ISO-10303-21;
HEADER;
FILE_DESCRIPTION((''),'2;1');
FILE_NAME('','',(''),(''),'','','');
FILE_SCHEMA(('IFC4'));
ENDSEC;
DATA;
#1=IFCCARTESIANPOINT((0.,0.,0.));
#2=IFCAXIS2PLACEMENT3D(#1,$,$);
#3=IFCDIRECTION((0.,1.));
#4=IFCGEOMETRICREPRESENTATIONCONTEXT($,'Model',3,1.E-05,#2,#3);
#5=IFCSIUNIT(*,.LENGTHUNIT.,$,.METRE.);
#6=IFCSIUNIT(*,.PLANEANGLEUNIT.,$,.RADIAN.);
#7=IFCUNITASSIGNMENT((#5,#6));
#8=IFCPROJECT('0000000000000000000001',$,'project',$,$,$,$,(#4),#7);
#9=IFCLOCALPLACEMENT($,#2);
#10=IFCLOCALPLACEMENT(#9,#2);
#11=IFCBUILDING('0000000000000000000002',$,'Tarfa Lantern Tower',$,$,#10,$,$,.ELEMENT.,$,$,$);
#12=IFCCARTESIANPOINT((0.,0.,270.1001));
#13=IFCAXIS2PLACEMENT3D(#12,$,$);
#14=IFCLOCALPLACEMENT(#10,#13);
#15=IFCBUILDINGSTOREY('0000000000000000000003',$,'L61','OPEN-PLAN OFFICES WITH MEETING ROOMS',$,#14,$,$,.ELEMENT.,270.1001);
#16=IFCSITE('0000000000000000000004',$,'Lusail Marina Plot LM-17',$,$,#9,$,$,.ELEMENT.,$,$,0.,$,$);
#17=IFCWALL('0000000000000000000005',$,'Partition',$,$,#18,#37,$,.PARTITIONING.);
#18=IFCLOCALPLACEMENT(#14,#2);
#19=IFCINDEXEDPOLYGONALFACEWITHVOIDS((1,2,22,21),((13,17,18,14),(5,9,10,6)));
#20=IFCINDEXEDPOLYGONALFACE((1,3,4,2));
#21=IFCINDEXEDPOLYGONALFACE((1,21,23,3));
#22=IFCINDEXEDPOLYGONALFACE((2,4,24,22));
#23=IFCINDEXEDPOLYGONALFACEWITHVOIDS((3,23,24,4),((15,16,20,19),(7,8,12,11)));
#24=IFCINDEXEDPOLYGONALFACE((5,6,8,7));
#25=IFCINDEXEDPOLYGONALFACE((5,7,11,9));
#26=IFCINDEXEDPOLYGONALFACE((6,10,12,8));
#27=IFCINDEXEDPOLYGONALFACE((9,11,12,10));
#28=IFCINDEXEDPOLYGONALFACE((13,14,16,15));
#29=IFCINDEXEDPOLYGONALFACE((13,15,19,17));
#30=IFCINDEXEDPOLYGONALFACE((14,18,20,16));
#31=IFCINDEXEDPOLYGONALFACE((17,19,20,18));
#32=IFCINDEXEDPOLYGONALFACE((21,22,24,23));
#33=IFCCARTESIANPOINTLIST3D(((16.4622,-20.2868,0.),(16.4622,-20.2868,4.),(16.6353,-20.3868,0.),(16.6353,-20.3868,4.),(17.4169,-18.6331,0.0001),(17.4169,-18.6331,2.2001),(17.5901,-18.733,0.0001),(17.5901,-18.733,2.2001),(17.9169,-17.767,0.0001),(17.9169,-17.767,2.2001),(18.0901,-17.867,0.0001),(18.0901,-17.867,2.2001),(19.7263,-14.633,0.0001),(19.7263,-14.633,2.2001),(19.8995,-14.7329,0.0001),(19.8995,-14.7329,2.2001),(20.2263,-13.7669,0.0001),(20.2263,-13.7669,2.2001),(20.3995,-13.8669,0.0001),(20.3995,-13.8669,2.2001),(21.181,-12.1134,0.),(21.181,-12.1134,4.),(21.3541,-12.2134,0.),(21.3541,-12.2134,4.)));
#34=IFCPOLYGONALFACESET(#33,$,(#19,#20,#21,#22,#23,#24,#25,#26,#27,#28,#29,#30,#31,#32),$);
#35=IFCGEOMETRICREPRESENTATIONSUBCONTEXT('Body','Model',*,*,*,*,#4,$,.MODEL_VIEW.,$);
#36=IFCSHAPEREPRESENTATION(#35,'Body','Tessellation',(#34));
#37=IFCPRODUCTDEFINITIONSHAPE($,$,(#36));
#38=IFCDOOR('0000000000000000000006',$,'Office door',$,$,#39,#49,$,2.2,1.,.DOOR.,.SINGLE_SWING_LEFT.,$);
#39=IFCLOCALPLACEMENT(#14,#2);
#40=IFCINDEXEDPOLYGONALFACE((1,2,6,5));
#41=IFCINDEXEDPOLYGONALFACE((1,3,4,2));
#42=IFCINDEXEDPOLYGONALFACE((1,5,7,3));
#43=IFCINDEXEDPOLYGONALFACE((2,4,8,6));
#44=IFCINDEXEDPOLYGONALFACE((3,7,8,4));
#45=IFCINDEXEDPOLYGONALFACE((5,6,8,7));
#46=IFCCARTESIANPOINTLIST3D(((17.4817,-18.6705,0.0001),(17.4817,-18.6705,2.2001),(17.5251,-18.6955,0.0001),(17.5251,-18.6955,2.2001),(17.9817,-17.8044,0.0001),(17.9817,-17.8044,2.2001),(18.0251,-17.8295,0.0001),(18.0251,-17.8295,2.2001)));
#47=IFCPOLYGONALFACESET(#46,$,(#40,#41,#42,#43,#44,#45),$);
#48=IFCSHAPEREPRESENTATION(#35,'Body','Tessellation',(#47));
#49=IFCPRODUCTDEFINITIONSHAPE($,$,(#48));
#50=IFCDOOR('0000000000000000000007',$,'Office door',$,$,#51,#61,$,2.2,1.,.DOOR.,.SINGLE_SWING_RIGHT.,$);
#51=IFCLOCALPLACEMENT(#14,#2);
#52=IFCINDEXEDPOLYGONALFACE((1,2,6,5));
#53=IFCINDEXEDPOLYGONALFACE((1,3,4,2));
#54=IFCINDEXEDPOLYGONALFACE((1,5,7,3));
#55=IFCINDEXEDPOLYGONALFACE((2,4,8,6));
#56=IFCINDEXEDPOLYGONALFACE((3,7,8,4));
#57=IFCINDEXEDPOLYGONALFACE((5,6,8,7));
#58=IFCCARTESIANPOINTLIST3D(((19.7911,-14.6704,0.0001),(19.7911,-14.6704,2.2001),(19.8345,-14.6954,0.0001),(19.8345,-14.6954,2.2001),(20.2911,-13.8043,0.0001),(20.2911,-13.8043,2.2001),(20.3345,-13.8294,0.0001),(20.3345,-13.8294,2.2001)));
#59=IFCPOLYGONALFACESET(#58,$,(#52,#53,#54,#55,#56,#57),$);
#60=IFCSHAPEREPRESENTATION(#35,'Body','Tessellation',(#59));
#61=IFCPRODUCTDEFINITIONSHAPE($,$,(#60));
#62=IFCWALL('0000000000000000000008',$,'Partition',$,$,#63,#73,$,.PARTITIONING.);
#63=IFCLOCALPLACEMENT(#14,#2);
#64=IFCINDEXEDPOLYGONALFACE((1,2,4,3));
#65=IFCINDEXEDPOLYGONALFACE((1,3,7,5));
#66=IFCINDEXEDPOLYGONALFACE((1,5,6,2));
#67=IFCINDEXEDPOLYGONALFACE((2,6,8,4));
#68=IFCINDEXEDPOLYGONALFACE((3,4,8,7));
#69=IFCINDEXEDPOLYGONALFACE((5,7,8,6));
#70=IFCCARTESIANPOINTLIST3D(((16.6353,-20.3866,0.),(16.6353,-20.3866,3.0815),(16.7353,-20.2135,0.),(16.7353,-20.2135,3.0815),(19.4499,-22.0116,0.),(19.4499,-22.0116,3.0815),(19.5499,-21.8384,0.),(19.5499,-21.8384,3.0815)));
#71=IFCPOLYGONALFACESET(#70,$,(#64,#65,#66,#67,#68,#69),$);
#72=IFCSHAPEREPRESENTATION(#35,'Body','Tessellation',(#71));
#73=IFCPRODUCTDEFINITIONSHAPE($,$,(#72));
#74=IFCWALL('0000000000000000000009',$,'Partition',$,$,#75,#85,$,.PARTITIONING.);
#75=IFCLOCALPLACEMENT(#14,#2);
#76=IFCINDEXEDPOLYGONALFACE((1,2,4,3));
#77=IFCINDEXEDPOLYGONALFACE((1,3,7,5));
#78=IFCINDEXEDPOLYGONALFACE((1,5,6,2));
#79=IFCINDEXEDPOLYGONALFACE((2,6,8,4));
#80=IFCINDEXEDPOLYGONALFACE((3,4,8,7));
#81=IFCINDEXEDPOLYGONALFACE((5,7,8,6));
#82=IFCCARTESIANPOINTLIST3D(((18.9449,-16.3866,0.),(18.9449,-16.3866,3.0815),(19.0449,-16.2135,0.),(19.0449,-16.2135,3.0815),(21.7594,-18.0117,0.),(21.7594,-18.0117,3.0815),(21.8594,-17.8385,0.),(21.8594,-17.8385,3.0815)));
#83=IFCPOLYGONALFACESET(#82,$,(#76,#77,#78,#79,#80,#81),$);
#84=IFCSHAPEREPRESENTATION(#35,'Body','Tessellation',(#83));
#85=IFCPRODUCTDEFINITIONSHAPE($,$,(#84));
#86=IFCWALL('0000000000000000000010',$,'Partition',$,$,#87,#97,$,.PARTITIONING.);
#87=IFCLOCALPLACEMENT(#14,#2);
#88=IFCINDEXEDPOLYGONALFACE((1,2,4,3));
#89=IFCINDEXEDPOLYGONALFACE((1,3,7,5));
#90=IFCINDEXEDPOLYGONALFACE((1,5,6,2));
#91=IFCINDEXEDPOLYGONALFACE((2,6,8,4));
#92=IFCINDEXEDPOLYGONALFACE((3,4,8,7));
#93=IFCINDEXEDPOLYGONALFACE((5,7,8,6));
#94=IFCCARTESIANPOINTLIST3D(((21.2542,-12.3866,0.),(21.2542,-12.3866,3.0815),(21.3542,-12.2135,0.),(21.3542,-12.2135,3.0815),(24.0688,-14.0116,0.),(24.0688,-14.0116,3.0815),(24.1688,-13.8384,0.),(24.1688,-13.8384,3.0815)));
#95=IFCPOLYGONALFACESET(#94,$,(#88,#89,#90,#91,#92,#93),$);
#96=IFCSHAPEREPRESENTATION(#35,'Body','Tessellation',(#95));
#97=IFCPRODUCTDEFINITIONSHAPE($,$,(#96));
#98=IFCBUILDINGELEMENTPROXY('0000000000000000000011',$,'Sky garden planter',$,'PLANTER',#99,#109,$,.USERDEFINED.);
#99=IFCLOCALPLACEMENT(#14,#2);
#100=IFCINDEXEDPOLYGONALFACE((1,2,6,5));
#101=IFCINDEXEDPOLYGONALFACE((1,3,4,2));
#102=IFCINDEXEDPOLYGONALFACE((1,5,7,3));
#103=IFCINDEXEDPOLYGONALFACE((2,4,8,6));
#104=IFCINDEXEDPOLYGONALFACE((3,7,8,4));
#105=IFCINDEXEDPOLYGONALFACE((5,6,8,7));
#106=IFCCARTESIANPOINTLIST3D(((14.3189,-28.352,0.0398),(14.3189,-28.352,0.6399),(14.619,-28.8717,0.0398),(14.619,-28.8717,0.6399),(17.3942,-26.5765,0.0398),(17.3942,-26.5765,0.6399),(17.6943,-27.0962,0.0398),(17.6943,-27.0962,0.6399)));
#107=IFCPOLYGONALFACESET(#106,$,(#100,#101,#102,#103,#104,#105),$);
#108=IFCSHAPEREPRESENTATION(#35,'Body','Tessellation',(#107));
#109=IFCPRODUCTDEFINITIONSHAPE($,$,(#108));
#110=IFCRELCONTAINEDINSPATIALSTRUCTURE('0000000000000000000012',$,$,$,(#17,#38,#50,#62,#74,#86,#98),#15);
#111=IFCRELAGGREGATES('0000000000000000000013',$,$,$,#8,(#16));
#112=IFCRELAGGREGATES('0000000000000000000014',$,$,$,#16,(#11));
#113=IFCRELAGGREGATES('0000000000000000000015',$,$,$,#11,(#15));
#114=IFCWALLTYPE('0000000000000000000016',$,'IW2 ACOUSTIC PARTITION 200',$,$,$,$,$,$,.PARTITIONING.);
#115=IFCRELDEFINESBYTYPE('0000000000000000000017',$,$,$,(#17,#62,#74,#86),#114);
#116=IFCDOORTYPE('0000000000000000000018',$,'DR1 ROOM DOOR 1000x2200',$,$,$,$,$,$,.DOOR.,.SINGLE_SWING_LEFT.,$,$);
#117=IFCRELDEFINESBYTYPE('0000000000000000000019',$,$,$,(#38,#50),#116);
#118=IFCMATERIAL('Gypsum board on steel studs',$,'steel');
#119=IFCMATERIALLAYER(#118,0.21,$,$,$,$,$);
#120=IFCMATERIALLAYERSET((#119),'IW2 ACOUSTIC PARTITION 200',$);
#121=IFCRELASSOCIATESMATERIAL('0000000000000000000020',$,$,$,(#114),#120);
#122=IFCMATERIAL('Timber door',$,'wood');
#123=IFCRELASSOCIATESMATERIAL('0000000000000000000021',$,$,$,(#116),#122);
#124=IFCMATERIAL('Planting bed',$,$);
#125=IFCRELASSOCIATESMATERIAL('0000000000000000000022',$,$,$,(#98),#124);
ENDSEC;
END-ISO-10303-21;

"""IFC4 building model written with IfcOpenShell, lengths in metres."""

from ifc_helpers import new_model, si_unit, direction, frame, frame_2d, origin, origin_2d, place, context, subcontext, project, spatial, rectangle, extrude, material, layer, layer_set, type_object, element, fill, save


model = new_model("IFC4")

# Units and contexts
model_context = context("Model", 3, precision=1e-05, world=origin(), true_north=direction((0.0, 1.0)))
body_context = subcontext(model_context, "Body", "Model", "MODEL_VIEW")
ifc_project = project(units=[si_unit("LENGTHUNIT", "METRE"), si_unit("PLANEANGLEUNIT", "RADIAN")], contexts=[model_context])

# Site, building, storey
site_placement = place(None, origin())
site = spatial("IfcSite", under=ifc_project, at=site_placement, Name="Lusail Marina Plot LM-17", CompositionType="ELEMENT", RefElevation=0.0)
building_placement = place(site_placement, origin())
building = spatial("IfcBuilding", under=site, at=building_placement, Name="Tarfa Lantern Tower", CompositionType="ELEMENT")
storey_placement = place(building_placement, frame((0.0, 0.0, 270.1001)))
storey = spatial("IfcBuildingStorey", under=building, at=storey_placement, Name="L61", Description="OPEN-PLAN OFFICES WITH MEETING ROOMS", CompositionType="ELEMENT", Elevation=270.1001)

# Wall, openings, doors
ifc_material_1 = material(Name="Gypsum board on steel studs", Category="steel")
ifc_layer_1 = layer(ifc_material_1, 0.21)
ifc_layer_set_1 = layer_set([ifc_layer_1], Name="IW2 ACOUSTIC PARTITION 200")
wall_type_1 = type_object("IfcWallType", Name="IW2 ACOUSTIC PARTITION 200", PredefinedType="PARTITIONING", material=ifc_layer_set_1)
wall_1_placement = place(storey_placement, frame((16.5488, -20.3367, 0.0), z_axis=(0.0, 0.0, 1.0), x_axis=(0.49999, 0.866031, 0.0)))
wall_1 = element("IfcWall", 1, at=wall_1_placement, inside=storey, type_object=wall_type_1, Name="Partition", PredefinedType="PARTITIONING", context=body_context, shape_type="SweptSolid", body=[
    extrude(rectangle(XDim=9.4377, YDim=0.2, at=frame_2d((4.7188, 0.0))), origin(), (0.0, 0.0, 1.0), 4.0),
])
opening_1_placement = place(wall_1_placement, frame((1.9094, 0.0, 0.0)))
opening_1 = element("IfcOpeningElement", 2, at=opening_1_placement, cuts=wall_1, PredefinedType="OPENING", context=body_context, shape_type="SweptSolid", body=[
    extrude(rectangle(XDim=1.0, YDim=2.2, at=frame_2d((0.5, 1.1001))), frame((0.0, 0.1099, 0.0), z_axis=(0.0, -1.0, 0.0), x_axis=(1.0, 0.0, 0.0)), (0.0, 0.0, 1.0), 0.22),
])
opening_2_placement = place(wall_1_placement, frame((6.5283, 0.0, 0.0)))
opening_2 = element("IfcOpeningElement", 3, at=opening_2_placement, cuts=wall_1, PredefinedType="OPENING", context=body_context, shape_type="SweptSolid", body=[
    extrude(rectangle(XDim=1.0, YDim=2.2, at=frame_2d((0.5, 1.1001))), frame((0.0, 0.1099, 0.0), z_axis=(0.0, -1.0, 0.0), x_axis=(1.0, 0.0, 0.0)), (0.0, 0.0, 1.0), 0.22),
])
ifc_material_2 = material(Name="Timber door", Category="wood")
door_type_1 = type_object("IfcDoorType", Name="DR1 ROOM DOOR 1000x2200", OperationType="SINGLE_SWING_LEFT", PredefinedType="DOOR", material=ifc_material_2)
door_1_placement = place(opening_1_placement, frame((1.0, 0.0, 0.0), z_axis=(0.0, 0.0, 1.0), x_axis=(-1.0, 0.0, 0.0)))
door_1 = element("IfcDoor", 4, at=door_1_placement, inside=storey, type_object=door_type_1, Name="Office door", OperationType="SINGLE_SWING_LEFT", OverallHeight=2.2, OverallWidth=1.0, PredefinedType="DOOR", context=body_context, shape_type="SweptSolid", body=[
    extrude(rectangle(XDim=1.0, YDim=2.2, at=frame_2d((0.5, 1.1001))), frame((0.0, 0.0249, 0.0), z_axis=(0.0, -1.0, 0.0), x_axis=(1.0, 0.0, 0.0)), (0.0, 0.0, 1.0), 0.05),
])
fill(opening_1, door_1)
door_2_placement = place(opening_2_placement, frame((1.0, 0.0, 0.0), z_axis=(0.0, 0.0, 1.0), x_axis=(-1.0, 0.0, 0.0)))
door_2 = element("IfcDoor", 5, at=door_2_placement, inside=storey, type_object=door_type_1, Name="Office door", OperationType="SINGLE_SWING_RIGHT", OverallHeight=2.2, OverallWidth=1.0, PredefinedType="DOOR", context=body_context, shape_type="SweptSolid", body=[
    extrude(rectangle(XDim=1.0, YDim=2.2, at=frame_2d((0.5, 1.1001))), frame((0.0, 0.0249, 0.0), z_axis=(0.0, -1.0, 0.0), x_axis=(1.0, 0.0, 0.0)), (0.0, 0.0, 1.0), 0.05),
])
fill(opening_2, door_2)

# Walls
for number, where, z_axis, x_axis, name in (
    (6, (16.6853, -20.3, 0.0), (0.0, 0.0, 1.0), (0.866034, -0.499985, 0.0), "Partition"),
    (7, (18.9949, -16.3, 0.0), (0.0, 0.0, 1.0), (0.866015, -0.500017, 0.0), "Partition"),
    (8, (21.3042, -12.3, 0.0), (0.0, 0.0, 1.0), (0.866034, -0.499985, 0.0), "Partition"),
):
    element("IfcWall", number, at=place(storey_placement, frame(where, z_axis=z_axis, x_axis=x_axis)), inside=storey, type_object=wall_type_1, Name=name, PredefinedType="PARTITIONING", context=body_context, shape_type="SweptSolid", body=[
        extrude(rectangle(XDim=3.25, YDim=0.2, at=frame_2d((1.625, 0.0))), origin(), (0.0, 0.0, 1.0), 3.0815),
    ])

# Building element proxy
ifc_material_3 = material(Name="Planting bed")
proxy_placement = place(storey_placement, frame((16.0066, -27.7241, 0.0398), z_axis=(0.0, 0.0, 1.0), x_axis=(0.866025, 0.5, 0.0)))
element("IfcBuildingElementProxy", 9, at=proxy_placement, inside=storey, material=ifc_material_3, Name="Sky garden planter", ObjectType="PLANTER", PredefinedType="USERDEFINED", context=body_context, shape_type="SweptSolid", body=[
    extrude(rectangle(XDim=3.551, YDim=0.6001, at=origin_2d()), origin(), (0.0, 0.0, 1.0), 0.6001),
])

save(model, "model.ifc")
